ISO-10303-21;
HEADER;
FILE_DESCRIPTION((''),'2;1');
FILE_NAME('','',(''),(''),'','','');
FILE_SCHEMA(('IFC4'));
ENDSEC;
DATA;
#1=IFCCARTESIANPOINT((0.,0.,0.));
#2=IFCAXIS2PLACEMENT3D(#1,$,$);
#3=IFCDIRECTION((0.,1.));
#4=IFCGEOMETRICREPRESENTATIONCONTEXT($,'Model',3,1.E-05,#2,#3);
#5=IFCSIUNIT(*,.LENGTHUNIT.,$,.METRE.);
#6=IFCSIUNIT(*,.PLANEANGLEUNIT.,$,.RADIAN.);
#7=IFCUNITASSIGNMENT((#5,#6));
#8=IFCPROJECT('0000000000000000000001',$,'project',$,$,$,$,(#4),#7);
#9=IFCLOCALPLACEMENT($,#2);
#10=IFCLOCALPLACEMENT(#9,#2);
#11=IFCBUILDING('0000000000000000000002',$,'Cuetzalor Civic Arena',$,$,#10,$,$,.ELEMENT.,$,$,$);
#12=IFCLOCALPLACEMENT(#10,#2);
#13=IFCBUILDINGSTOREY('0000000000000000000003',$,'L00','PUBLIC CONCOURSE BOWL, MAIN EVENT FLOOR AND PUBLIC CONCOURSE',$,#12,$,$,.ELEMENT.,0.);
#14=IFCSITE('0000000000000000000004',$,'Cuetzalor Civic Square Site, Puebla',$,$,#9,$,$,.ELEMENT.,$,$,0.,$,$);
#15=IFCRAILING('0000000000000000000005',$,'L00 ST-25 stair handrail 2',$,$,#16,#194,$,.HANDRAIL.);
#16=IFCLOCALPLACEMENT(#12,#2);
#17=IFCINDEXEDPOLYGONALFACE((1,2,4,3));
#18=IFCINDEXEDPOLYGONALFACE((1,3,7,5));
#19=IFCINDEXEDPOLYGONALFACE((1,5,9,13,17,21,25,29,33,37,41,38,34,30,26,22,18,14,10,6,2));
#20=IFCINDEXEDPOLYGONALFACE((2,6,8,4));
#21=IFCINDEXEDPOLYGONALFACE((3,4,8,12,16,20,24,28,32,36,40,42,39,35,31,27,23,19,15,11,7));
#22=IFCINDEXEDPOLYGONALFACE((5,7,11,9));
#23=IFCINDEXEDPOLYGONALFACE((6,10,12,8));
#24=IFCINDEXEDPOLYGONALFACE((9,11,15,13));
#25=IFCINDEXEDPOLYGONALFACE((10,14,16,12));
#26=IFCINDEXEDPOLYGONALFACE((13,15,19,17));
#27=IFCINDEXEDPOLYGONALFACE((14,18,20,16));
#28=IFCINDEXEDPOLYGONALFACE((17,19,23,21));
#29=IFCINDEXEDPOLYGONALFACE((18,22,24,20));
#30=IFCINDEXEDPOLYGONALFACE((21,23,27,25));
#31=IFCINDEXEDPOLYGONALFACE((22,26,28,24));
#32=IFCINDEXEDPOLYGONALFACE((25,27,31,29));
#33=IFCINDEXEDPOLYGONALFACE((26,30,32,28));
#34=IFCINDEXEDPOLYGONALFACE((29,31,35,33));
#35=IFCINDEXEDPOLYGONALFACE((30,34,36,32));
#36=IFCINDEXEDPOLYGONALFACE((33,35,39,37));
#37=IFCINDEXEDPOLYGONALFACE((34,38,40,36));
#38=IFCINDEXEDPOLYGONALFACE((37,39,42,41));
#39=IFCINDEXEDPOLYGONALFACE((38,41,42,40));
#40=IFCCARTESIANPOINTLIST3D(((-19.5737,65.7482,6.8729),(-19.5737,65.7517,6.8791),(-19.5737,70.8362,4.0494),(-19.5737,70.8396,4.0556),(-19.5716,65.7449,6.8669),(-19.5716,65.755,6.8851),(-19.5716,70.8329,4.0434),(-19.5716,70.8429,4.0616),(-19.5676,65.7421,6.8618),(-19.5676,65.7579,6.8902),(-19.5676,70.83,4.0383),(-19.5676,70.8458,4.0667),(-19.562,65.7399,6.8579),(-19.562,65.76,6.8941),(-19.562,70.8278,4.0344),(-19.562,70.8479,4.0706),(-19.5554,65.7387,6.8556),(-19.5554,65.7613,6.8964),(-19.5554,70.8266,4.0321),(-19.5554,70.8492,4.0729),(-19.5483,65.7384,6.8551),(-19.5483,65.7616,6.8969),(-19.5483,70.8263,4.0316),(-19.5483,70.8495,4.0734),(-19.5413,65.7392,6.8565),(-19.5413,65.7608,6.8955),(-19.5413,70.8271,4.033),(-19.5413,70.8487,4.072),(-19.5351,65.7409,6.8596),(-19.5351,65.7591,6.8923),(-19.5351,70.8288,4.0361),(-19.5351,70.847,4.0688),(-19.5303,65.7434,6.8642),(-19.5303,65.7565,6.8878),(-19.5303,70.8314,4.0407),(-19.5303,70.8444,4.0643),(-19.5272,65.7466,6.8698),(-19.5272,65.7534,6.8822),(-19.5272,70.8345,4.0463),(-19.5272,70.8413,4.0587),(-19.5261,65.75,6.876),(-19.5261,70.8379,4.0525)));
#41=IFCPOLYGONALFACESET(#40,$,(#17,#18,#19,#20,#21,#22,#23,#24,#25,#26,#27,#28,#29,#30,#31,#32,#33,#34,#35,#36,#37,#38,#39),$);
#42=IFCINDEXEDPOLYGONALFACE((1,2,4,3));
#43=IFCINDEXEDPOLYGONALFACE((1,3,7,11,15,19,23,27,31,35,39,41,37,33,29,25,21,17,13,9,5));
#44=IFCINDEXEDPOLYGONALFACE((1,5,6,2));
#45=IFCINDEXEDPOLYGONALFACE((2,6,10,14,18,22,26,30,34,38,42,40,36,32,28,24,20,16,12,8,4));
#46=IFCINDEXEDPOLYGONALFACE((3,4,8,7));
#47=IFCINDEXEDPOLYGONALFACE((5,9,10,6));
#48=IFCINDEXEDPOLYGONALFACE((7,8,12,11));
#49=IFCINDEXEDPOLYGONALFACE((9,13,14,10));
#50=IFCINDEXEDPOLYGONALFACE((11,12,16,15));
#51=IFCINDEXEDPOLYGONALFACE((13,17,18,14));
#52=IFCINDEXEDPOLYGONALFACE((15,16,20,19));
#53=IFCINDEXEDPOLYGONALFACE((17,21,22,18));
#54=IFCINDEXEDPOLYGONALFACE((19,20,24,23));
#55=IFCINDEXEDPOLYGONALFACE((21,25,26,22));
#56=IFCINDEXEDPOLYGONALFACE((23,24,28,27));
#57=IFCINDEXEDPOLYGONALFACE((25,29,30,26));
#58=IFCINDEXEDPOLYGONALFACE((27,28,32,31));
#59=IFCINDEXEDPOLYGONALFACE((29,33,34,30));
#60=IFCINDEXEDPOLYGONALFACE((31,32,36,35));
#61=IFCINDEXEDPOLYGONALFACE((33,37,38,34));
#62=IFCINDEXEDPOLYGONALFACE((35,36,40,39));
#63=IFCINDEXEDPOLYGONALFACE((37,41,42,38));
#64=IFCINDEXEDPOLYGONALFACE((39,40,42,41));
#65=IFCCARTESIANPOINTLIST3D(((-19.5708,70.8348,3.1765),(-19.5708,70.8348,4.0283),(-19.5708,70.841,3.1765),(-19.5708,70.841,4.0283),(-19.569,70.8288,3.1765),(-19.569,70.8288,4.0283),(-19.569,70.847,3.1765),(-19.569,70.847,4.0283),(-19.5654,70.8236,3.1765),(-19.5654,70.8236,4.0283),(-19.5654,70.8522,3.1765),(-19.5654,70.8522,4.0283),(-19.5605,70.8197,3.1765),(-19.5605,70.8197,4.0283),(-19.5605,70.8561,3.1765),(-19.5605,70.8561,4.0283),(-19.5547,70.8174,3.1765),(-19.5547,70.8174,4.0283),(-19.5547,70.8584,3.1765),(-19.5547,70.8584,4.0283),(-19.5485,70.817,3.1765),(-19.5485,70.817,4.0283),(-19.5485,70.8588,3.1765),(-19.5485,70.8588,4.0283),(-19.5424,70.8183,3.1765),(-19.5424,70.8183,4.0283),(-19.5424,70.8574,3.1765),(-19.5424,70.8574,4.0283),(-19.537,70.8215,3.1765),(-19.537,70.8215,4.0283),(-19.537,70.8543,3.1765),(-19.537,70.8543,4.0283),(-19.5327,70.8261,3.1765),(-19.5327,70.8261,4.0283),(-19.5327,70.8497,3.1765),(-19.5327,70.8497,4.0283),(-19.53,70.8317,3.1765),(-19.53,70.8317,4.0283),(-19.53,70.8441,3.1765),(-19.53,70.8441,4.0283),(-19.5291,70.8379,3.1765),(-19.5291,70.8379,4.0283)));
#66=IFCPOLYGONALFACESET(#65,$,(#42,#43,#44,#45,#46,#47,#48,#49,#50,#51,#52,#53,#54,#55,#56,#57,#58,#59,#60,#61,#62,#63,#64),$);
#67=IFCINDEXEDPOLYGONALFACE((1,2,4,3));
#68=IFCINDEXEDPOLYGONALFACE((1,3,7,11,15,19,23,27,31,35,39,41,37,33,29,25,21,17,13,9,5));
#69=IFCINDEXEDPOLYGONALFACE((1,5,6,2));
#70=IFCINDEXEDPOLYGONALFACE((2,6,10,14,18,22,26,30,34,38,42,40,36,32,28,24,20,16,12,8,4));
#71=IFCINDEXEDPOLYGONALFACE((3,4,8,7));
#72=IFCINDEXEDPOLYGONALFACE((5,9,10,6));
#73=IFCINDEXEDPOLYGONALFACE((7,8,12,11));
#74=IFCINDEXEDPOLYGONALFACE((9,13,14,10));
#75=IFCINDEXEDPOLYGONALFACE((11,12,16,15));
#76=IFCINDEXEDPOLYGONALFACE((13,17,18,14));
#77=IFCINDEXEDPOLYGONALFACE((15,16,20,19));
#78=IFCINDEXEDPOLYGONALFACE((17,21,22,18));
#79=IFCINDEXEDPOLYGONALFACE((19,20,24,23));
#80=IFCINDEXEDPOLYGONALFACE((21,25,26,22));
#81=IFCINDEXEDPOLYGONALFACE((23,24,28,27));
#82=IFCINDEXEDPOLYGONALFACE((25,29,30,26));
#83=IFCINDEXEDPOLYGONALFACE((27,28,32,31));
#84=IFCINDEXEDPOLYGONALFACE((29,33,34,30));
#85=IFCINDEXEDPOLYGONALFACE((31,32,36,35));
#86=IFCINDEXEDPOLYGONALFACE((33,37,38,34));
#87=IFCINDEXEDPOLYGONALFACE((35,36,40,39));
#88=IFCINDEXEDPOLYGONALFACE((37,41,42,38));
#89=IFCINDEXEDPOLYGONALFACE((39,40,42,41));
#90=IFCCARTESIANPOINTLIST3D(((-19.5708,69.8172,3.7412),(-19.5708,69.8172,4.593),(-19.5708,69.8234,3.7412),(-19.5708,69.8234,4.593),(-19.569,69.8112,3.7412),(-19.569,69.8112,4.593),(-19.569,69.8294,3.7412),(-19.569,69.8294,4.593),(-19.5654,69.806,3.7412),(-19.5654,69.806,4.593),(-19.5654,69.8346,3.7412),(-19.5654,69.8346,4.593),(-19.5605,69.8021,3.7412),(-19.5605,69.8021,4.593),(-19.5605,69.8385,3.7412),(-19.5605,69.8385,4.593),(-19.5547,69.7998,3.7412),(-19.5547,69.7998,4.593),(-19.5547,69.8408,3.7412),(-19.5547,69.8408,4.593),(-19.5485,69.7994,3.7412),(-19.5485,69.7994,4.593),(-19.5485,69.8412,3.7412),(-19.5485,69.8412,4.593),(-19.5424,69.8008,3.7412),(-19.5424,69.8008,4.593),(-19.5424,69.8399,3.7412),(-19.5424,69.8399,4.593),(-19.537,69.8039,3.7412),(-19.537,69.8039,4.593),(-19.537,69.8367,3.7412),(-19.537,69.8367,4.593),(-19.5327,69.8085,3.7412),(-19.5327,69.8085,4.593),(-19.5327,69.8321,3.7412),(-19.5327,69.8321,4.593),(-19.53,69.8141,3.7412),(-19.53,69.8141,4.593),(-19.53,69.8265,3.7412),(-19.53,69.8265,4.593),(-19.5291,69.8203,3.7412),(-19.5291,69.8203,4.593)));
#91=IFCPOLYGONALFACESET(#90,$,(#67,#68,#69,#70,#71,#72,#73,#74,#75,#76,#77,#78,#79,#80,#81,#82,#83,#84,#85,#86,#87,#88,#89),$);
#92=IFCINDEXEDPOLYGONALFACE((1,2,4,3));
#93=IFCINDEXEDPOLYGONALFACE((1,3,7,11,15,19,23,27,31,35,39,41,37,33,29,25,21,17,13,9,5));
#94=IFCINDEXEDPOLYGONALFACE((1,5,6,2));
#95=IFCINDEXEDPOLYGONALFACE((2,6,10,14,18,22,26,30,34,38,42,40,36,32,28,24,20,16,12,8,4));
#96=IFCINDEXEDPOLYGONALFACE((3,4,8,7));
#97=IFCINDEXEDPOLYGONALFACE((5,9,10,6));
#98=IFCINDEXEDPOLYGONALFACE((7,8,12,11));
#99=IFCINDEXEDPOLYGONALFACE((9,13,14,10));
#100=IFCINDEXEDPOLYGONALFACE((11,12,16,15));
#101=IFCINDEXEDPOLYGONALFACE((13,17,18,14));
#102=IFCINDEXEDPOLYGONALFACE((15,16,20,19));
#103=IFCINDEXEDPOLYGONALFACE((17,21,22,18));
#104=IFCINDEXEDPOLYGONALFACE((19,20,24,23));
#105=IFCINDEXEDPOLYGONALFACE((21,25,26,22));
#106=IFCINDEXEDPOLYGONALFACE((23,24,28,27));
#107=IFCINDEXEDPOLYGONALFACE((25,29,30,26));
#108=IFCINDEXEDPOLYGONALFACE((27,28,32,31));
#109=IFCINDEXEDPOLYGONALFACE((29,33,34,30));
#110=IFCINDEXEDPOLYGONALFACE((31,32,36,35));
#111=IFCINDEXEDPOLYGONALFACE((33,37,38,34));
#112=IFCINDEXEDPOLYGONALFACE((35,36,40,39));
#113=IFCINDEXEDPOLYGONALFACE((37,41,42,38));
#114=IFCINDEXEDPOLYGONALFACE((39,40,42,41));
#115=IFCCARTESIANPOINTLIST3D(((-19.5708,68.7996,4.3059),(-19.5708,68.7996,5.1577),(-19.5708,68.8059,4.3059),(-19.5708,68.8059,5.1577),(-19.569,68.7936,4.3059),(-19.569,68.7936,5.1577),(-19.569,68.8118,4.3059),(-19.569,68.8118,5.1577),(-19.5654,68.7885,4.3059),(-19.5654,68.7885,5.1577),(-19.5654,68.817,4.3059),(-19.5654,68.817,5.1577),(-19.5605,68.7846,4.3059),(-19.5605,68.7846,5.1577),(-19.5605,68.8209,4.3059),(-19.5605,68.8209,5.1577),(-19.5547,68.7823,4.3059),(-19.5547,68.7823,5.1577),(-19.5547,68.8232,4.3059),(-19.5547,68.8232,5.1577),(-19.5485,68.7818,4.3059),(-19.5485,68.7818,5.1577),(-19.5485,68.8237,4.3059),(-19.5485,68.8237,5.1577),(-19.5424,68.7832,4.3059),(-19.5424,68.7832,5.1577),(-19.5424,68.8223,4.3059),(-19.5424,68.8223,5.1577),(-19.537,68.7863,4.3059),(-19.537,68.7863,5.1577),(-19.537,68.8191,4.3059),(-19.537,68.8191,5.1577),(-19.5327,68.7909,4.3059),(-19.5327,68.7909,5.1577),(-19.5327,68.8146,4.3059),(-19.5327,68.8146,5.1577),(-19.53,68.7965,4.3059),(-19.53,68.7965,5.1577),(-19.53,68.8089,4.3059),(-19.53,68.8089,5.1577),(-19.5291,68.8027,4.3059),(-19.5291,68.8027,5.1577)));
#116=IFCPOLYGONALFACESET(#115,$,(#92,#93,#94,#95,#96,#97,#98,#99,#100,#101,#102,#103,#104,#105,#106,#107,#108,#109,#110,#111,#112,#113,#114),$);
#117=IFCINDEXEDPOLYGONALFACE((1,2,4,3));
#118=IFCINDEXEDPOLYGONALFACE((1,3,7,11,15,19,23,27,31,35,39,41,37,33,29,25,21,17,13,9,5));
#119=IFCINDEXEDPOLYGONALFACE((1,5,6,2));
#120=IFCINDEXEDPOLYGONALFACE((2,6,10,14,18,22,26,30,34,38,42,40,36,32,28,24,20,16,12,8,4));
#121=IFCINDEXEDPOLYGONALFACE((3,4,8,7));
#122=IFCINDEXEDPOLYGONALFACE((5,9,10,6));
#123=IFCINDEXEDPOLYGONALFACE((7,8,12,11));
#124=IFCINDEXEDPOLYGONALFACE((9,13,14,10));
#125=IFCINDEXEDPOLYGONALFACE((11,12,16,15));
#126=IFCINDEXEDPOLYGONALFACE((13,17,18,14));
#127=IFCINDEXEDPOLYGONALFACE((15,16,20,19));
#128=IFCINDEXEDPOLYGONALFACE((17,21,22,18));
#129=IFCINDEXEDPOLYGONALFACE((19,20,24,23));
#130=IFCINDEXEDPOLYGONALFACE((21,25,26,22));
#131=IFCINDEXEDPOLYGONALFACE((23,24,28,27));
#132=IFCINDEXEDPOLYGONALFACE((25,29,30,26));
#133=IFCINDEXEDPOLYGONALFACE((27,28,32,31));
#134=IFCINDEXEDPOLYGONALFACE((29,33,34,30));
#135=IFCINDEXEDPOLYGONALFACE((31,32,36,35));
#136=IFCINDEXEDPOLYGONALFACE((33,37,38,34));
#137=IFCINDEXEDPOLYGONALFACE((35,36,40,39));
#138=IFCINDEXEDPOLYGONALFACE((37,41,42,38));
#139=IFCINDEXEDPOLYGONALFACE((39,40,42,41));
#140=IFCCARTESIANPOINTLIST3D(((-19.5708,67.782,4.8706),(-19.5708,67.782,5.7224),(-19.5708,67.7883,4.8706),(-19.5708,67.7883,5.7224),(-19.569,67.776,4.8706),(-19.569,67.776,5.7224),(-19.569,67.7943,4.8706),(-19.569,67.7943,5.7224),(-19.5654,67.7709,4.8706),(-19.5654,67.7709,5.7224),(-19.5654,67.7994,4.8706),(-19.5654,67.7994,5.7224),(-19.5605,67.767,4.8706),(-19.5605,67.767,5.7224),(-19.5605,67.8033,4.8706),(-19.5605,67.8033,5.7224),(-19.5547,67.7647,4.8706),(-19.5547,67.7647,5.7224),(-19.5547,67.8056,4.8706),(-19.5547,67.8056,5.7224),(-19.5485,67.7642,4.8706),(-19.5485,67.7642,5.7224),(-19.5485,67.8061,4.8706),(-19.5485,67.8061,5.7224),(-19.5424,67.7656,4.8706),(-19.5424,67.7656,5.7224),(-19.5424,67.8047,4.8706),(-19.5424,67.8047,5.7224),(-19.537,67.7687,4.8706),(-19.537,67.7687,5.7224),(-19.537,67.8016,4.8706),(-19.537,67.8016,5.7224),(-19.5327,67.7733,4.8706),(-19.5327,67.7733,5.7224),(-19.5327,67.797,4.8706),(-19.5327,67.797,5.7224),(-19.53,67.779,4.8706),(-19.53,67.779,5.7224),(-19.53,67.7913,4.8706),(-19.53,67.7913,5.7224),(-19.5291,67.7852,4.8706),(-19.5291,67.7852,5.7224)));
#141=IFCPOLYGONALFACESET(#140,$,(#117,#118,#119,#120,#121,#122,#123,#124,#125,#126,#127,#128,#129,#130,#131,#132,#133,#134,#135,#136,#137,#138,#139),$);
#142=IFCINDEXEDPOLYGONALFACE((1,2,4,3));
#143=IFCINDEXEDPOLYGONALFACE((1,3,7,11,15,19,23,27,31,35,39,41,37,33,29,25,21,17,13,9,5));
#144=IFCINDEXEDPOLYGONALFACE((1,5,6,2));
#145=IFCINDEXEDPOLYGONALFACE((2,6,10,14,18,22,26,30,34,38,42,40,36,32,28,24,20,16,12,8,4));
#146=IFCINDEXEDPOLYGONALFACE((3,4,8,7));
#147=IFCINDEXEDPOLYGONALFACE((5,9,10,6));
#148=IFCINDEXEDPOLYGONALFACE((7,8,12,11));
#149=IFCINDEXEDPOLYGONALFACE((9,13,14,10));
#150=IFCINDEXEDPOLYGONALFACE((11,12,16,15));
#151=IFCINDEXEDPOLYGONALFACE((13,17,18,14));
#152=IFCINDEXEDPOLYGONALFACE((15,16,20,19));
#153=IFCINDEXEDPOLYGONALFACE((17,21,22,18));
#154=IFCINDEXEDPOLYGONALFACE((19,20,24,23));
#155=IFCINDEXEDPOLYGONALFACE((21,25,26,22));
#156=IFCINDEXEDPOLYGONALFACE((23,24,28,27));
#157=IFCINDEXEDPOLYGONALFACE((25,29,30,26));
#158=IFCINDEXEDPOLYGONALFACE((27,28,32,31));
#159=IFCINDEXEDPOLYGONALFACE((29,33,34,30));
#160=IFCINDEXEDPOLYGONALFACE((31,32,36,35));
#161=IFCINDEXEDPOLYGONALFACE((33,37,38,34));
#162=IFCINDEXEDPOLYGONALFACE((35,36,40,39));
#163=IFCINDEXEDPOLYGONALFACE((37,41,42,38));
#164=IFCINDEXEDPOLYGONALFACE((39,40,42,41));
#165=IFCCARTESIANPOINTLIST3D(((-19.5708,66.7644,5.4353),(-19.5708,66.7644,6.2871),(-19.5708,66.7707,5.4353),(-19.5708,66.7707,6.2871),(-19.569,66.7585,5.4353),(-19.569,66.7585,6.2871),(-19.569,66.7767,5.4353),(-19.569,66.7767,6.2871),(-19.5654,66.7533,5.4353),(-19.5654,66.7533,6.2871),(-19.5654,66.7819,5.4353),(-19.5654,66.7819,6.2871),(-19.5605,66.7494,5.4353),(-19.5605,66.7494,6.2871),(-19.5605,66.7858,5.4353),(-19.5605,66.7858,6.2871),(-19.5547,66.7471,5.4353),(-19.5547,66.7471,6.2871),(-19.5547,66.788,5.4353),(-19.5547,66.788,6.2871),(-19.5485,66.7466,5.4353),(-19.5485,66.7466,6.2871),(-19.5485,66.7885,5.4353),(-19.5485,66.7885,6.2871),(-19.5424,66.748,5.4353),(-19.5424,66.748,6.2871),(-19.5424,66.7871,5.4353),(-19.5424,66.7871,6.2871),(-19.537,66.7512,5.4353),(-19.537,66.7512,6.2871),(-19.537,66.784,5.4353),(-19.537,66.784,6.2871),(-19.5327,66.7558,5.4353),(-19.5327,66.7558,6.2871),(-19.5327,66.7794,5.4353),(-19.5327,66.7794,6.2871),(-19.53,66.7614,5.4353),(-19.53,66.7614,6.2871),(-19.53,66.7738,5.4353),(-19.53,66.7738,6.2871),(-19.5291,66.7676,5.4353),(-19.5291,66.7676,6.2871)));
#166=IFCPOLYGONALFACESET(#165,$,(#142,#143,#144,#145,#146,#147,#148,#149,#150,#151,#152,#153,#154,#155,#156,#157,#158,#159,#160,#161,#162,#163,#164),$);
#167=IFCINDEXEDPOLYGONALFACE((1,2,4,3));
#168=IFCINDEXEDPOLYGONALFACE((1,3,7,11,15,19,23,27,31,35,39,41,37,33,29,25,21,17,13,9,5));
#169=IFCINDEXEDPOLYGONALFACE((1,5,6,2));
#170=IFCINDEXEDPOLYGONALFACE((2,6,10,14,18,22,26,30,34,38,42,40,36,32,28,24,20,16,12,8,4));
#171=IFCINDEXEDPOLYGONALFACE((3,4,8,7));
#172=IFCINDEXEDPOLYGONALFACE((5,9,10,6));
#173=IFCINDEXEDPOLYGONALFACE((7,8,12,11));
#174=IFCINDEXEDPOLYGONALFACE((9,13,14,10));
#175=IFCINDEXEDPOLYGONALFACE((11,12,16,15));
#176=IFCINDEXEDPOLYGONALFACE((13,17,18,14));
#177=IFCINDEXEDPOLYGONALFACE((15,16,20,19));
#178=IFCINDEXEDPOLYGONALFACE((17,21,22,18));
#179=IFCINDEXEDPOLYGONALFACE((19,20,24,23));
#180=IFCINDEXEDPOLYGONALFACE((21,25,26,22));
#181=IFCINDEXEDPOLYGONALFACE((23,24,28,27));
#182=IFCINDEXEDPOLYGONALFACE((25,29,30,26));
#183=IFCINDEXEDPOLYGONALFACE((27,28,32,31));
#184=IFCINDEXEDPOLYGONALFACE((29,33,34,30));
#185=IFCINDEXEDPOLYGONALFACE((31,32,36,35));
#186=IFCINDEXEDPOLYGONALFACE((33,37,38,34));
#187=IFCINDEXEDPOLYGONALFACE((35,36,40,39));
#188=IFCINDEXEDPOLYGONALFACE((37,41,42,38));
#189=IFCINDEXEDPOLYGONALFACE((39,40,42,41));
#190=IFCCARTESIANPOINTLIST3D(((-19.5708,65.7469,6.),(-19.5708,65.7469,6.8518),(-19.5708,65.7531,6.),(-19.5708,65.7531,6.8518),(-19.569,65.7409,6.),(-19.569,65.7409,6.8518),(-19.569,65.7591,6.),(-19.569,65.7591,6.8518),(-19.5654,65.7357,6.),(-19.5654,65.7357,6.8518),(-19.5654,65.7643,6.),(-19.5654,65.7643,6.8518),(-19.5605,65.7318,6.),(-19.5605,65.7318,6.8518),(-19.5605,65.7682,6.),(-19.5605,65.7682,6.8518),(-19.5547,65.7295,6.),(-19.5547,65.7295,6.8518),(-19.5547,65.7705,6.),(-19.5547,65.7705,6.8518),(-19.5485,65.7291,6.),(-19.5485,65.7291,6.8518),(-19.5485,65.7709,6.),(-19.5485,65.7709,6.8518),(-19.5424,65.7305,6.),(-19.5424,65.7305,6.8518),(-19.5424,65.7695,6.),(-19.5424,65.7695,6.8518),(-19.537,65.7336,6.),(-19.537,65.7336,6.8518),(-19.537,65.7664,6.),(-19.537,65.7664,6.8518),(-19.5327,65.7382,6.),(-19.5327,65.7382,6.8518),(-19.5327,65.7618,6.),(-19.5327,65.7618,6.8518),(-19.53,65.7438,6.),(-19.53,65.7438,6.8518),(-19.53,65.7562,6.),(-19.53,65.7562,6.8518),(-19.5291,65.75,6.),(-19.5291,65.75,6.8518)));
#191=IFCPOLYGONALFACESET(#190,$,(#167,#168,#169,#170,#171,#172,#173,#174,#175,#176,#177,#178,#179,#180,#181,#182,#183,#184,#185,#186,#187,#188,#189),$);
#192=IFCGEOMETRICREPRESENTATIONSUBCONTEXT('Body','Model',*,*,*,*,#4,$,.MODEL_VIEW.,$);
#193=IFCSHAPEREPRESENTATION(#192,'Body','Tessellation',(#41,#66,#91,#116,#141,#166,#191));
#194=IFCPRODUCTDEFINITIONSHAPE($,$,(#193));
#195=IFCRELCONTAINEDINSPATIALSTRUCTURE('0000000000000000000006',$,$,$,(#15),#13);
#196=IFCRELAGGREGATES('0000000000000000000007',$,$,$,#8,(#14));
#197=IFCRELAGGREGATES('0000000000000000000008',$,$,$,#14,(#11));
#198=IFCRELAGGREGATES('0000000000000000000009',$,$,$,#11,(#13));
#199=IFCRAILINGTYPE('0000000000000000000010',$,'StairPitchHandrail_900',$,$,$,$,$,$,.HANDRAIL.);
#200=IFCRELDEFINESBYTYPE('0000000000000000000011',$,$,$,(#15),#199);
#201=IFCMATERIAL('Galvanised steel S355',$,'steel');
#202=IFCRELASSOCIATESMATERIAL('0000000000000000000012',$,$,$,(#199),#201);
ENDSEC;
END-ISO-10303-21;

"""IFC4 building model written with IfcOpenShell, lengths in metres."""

from ifc_helpers import new_model, si_unit, direction, frame, origin, origin_2d, place, context, subcontext, project, spatial, circle, extrude, material, type_object, element, save


model = new_model("IFC4")

# Units and contexts
model_context = context("Model", 3, precision=1e-05, world=origin(), true_north=direction((0.0, 1.0)))
body_context = subcontext(model_context, "Body", "Model", "MODEL_VIEW")
ifc_project = project(units=[si_unit("LENGTHUNIT", "METRE"), si_unit("PLANEANGLEUNIT", "RADIAN")], contexts=[model_context])

# Site, building, storey
site_placement = place(None, origin())
site = spatial("IfcSite", under=ifc_project, at=site_placement, Name="Cuetzalor Civic Square Site, Puebla", CompositionType="ELEMENT", RefElevation=0.0)
building_placement = place(site_placement, origin())
building = spatial("IfcBuilding", under=site, at=building_placement, Name="Cuetzalor Civic Arena", CompositionType="ELEMENT")
storey_placement = place(building_placement, origin())
storey = spatial("IfcBuildingStorey", under=building, at=storey_placement, Name="L00", Description="PUBLIC CONCOURSE BOWL, MAIN EVENT FLOOR AND PUBLIC CONCOURSE", CompositionType="ELEMENT", Elevation=0.0)

# Railing
ifc_material_1 = material(Name="Galvanised steel S355", Category="steel")
railing_type_1 = type_object("IfcRailingType", Name="StairPitchHandrail_900", PredefinedType="HANDRAIL", material=ifc_material_1)
railing_1_placement = place(storey_placement, frame((-19.55, 70.8379, 3.1765)))
element("IfcRailing", 1, at=railing_1_placement, inside=storey, type_object=railing_type_1, Name="L00 ST-25 stair handrail 2", PredefinedType="HANDRAIL", context=body_context, shape_type="SweptSolid", body=[
    extrude(circle(Radius=0.0239, at=origin_2d()), frame((0.0, 0.0, 0.876), z_axis=(0.0, -0.874385, 0.485233), x_axis=(1.0, 0.0, 0.0)), (0.0, 0.0, 1.0), 5.8188),
    extrude(circle(Radius=0.021, at=origin_2d()), origin(), (0.0, 0.0, 1.0), 0.8518),
    extrude(circle(Radius=0.021, at=origin_2d()), frame((0.0, -1.0176, 0.5647)), (0.0, 0.0, 1.0), 0.8518),
    extrude(circle(Radius=0.021, at=origin_2d()), frame((0.0, -2.0352, 1.1294)), (0.0, 0.0, 1.0), 0.8518),
    extrude(circle(Radius=0.021, at=origin_2d()), frame((0.0, -3.0527, 1.6941)), (0.0, 0.0, 1.0), 0.8518),
    extrude(circle(Radius=0.021, at=origin_2d()), frame((0.0, -4.0703, 2.2588)), (0.0, 0.0, 1.0), 0.8518),
    extrude(circle(Radius=0.021, at=origin_2d()), frame((0.0, -5.0879, 2.8235)), (0.0, 0.0, 1.0), 0.8518),
])

save(model, "model.ifc")
